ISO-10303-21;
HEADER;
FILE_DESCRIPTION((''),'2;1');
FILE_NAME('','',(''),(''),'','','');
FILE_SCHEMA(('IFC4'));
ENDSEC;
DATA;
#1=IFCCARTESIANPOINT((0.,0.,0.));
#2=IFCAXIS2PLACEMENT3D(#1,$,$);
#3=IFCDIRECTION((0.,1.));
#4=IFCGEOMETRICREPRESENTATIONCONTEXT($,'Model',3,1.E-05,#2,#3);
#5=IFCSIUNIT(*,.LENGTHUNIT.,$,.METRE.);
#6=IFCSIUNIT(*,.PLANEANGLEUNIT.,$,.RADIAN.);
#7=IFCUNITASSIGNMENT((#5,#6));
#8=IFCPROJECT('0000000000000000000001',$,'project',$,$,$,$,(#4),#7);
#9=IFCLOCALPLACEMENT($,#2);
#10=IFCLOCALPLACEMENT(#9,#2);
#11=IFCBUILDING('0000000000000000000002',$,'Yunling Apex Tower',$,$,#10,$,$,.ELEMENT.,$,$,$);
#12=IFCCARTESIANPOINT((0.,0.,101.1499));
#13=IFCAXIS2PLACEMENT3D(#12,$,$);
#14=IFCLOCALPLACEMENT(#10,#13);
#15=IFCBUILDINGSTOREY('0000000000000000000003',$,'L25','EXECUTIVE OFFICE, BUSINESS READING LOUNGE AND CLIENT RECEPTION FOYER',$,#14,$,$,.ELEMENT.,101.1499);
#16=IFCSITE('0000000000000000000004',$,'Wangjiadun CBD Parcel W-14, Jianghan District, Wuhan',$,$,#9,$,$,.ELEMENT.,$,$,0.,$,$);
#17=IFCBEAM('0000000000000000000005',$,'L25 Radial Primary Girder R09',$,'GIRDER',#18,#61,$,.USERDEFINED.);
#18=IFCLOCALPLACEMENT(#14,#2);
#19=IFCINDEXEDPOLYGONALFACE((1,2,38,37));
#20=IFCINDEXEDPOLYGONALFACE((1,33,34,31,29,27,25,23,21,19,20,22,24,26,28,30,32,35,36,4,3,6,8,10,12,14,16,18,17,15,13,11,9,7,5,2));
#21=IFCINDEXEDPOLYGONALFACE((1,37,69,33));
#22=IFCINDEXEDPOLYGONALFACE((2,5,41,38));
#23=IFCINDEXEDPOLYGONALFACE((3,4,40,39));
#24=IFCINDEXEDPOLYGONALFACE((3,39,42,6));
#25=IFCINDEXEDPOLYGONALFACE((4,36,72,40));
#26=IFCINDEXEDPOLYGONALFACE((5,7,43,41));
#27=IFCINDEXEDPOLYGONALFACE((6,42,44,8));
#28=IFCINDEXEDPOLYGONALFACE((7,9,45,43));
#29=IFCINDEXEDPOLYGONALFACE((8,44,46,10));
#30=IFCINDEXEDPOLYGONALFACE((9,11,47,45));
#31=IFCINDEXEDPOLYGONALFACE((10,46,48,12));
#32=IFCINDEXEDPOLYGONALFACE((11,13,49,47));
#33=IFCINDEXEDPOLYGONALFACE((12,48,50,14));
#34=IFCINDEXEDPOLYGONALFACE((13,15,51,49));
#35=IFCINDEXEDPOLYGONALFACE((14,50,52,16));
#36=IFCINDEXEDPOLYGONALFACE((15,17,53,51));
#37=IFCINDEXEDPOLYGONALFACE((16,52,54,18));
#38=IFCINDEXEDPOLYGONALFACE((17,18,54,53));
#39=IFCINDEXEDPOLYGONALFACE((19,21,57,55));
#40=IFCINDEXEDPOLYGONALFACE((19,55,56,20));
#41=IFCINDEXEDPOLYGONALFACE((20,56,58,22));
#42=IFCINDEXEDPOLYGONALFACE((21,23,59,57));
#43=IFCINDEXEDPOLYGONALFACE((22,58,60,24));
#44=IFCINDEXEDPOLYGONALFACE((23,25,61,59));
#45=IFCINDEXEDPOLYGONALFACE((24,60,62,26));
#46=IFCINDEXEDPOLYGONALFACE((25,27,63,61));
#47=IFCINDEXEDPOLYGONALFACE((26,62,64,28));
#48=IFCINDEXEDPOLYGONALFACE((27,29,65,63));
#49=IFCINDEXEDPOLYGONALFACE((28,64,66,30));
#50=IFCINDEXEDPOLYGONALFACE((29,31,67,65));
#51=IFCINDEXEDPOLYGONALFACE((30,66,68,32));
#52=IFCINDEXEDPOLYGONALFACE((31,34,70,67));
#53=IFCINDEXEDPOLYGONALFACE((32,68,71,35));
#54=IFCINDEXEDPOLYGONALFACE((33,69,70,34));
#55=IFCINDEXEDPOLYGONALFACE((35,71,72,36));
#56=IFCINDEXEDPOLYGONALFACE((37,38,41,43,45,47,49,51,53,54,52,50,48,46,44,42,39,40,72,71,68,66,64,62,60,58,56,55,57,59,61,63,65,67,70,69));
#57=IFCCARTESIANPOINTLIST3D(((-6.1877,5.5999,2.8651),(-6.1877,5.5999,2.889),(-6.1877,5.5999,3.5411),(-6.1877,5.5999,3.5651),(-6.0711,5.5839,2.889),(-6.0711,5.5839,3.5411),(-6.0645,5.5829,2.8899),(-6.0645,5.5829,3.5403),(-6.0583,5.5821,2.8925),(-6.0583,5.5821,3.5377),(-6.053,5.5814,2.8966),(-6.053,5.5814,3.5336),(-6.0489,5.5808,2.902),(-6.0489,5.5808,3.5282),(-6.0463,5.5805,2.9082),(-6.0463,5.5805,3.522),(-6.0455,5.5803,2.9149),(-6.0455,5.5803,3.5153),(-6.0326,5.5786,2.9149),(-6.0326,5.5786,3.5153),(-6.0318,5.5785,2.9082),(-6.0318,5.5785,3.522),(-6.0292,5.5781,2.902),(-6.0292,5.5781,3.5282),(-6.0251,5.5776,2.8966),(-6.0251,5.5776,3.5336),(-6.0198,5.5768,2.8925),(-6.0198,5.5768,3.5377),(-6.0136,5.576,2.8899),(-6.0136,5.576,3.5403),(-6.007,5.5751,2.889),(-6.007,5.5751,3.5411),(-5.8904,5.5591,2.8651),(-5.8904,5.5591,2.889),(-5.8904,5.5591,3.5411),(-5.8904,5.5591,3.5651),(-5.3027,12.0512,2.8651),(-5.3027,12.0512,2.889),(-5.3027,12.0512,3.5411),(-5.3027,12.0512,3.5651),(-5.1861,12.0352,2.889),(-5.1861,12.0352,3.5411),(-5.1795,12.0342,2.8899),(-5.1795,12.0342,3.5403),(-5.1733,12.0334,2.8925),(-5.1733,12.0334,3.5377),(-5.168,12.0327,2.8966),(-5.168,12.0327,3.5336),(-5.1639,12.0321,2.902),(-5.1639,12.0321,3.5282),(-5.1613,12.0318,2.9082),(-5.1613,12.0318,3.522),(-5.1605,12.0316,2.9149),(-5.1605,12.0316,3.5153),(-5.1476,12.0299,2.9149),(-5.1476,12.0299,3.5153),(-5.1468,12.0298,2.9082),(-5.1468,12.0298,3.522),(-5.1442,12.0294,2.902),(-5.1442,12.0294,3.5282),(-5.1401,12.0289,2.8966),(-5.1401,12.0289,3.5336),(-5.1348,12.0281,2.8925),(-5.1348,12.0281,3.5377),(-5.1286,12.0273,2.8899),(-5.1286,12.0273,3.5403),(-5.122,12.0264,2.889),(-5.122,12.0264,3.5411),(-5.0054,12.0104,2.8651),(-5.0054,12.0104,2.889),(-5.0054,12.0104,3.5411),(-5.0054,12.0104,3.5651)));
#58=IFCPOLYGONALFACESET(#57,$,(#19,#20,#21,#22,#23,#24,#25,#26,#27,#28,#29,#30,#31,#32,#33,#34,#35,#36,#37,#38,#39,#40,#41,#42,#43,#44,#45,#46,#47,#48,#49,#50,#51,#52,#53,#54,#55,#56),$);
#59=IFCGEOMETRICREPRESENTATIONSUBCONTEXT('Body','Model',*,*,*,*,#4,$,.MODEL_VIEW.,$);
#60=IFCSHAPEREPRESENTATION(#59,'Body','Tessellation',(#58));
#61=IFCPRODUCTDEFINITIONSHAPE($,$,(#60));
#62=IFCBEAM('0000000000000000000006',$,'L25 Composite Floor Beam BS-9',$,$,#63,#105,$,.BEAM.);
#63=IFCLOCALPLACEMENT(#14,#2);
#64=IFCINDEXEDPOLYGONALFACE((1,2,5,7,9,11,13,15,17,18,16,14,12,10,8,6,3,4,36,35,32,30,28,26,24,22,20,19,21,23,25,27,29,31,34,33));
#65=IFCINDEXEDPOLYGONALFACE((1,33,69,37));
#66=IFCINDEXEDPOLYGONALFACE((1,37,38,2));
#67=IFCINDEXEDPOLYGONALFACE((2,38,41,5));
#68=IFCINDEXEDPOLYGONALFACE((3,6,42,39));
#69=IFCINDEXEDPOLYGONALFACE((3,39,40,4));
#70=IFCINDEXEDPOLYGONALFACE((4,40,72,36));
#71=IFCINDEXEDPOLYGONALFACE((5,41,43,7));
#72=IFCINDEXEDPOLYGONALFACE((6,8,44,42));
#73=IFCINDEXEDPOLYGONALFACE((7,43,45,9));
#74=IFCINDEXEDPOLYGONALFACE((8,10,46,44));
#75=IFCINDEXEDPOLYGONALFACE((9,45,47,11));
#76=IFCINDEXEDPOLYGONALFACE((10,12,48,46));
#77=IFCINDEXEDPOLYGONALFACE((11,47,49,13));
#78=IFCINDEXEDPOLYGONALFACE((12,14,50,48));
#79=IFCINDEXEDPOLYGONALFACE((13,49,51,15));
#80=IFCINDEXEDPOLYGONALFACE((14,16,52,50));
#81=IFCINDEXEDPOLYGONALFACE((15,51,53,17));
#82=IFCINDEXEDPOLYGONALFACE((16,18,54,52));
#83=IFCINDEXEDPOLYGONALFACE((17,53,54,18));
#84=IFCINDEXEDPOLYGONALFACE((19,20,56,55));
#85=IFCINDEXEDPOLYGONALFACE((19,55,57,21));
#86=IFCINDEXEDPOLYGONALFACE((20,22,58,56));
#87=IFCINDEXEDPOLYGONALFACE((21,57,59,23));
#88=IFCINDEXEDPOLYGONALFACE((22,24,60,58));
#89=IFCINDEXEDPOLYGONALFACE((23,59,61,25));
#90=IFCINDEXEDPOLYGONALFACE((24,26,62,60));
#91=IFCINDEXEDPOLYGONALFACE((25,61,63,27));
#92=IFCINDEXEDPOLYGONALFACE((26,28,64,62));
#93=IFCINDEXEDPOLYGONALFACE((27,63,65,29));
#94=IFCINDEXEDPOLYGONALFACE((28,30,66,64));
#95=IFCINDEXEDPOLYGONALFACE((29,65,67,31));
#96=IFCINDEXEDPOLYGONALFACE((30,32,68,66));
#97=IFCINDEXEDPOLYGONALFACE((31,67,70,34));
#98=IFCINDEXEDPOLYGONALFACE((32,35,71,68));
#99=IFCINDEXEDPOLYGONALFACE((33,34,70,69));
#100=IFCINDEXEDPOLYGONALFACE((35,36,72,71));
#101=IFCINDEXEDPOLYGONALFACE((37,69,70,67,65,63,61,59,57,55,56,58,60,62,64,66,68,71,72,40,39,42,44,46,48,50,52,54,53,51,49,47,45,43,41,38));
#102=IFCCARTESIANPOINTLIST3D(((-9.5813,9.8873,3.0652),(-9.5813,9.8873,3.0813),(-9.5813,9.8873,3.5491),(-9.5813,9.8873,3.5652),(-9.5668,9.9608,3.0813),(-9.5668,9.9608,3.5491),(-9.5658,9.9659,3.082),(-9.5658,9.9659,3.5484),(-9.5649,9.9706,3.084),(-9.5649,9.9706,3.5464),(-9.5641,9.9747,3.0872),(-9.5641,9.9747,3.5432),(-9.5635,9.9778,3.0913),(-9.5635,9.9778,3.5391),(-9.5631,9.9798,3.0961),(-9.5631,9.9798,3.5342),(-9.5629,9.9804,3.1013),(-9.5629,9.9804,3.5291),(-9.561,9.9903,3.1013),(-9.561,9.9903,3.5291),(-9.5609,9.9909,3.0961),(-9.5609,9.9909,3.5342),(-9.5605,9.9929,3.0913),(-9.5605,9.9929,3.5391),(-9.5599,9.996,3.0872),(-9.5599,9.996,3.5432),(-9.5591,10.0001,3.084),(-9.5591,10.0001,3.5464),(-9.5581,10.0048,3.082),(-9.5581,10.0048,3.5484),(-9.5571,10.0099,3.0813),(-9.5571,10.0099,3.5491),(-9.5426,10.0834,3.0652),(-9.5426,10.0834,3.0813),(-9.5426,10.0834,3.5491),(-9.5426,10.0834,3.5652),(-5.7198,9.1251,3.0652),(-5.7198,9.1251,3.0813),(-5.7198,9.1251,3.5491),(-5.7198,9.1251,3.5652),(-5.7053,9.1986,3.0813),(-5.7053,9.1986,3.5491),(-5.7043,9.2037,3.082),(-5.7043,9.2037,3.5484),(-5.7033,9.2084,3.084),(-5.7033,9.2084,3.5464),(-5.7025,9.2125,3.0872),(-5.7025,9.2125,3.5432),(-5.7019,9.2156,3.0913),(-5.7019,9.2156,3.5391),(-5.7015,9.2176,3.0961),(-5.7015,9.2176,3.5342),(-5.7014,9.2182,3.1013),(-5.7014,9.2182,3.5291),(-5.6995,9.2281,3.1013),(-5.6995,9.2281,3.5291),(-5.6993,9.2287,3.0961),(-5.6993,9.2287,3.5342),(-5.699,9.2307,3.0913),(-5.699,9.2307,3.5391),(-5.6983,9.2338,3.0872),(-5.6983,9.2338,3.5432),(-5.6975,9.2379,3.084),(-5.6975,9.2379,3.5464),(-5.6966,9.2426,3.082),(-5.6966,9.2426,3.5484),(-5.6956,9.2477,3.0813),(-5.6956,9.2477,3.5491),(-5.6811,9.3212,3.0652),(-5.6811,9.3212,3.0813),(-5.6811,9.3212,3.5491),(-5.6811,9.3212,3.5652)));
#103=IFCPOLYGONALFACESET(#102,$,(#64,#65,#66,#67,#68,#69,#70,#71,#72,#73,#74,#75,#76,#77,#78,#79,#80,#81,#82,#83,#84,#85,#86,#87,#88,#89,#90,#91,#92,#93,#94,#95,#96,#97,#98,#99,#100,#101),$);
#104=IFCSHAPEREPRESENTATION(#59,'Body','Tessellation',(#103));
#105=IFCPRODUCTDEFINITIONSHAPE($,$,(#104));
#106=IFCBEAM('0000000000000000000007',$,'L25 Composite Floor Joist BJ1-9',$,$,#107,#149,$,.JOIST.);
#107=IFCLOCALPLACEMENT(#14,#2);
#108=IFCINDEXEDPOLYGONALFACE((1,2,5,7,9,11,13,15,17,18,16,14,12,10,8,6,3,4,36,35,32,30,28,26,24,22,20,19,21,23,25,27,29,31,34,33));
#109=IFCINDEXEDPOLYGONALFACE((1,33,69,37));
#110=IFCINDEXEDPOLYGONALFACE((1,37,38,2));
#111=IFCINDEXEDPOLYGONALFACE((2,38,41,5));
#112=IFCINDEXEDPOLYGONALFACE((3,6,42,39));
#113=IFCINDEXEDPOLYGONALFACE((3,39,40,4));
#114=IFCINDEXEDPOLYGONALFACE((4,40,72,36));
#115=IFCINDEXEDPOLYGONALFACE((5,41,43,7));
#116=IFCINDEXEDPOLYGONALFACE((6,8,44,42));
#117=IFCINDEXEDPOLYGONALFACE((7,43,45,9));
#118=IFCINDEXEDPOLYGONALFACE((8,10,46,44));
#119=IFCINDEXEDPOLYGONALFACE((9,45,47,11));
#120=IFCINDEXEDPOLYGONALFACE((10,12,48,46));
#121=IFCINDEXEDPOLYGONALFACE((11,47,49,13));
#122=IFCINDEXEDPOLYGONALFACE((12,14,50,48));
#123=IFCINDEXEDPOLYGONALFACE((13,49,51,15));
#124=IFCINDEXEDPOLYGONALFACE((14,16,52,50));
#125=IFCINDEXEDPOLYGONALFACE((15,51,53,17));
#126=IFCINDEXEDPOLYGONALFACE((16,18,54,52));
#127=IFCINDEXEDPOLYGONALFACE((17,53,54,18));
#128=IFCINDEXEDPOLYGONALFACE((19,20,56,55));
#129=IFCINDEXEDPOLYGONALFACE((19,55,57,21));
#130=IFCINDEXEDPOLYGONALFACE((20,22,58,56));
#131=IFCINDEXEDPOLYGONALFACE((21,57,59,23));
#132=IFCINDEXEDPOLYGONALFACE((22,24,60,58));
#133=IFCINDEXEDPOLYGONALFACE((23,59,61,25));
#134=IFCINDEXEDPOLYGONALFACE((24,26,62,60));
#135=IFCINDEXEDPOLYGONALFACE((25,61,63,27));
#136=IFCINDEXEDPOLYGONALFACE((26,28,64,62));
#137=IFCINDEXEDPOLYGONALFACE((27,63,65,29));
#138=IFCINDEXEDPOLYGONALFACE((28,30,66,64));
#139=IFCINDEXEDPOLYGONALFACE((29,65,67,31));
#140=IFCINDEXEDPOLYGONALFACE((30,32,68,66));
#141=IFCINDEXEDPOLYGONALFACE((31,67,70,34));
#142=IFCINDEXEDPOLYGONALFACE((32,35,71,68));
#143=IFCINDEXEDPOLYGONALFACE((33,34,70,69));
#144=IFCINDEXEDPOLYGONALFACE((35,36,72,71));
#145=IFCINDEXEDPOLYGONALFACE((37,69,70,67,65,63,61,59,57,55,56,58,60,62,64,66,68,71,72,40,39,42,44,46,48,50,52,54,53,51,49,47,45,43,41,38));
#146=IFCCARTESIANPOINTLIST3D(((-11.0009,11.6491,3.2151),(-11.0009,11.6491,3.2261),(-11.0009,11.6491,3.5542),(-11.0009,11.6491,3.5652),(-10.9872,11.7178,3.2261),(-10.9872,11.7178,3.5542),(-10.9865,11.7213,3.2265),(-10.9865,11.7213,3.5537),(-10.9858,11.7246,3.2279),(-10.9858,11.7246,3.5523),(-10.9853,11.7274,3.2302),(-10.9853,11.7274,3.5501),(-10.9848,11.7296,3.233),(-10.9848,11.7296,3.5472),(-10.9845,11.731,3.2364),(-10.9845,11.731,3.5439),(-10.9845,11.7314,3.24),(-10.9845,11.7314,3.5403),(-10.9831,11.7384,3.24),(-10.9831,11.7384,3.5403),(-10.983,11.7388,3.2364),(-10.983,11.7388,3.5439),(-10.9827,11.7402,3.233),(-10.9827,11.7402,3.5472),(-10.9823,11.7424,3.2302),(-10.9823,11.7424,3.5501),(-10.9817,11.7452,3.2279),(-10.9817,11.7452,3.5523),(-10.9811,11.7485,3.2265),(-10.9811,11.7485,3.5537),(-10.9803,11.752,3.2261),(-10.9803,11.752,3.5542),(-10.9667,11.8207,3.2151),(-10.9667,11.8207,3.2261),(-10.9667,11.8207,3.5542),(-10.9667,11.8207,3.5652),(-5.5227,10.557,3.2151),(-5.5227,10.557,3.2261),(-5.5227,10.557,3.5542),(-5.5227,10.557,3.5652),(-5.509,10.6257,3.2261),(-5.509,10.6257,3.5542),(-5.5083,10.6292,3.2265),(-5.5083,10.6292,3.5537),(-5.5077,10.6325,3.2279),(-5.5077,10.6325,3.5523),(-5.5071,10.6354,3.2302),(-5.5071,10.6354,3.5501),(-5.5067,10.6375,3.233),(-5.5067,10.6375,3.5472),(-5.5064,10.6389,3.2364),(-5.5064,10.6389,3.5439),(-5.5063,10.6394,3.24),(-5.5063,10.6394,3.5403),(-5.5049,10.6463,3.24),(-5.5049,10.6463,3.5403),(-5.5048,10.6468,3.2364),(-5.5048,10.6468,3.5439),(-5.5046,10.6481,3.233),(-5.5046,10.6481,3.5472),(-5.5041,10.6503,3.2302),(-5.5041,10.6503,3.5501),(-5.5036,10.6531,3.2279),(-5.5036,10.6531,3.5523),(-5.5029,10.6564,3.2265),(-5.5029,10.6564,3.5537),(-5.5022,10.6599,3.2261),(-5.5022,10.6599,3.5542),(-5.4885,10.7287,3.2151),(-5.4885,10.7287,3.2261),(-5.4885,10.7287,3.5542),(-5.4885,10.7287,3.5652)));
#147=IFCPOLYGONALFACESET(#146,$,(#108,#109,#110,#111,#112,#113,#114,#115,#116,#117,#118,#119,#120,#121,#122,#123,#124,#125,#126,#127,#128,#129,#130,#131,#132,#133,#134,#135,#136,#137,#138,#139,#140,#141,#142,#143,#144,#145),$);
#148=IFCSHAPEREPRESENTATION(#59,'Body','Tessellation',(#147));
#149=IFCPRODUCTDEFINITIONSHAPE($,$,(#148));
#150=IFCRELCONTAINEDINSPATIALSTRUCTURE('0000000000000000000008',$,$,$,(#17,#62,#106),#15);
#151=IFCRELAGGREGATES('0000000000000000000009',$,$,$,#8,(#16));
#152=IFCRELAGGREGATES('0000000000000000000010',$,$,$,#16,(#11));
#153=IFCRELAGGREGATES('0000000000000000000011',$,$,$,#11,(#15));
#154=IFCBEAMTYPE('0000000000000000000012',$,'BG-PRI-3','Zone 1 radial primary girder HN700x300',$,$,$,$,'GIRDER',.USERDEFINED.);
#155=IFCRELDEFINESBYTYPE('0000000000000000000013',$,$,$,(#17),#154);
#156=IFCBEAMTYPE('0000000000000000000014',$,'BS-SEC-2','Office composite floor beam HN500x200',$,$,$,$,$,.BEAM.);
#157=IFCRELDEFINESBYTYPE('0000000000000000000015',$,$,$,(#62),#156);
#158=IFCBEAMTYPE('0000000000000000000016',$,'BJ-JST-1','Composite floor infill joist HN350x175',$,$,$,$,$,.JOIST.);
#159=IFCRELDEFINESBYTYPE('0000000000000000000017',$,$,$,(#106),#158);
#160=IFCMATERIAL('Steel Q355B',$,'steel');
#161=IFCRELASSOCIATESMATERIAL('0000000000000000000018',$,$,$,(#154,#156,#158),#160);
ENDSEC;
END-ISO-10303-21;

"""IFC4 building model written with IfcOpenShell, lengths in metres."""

from ifc_helpers import new_model, si_unit, direction, frame, origin, origin_2d, place, context, subcontext, project, spatial, i_section, extrude, source, transform, mapped, material, material_profile, profile_set, type_object, element, save


model = new_model("IFC4")

# Units and contexts
model_context = context("Model", 3, precision=1e-05, world=origin(), true_north=direction((0.0, 1.0)))
body_context = subcontext(model_context, "Body", "Model", "MODEL_VIEW")
ifc_project = project(units=[si_unit("LENGTHUNIT", "METRE"), si_unit("PLANEANGLEUNIT", "RADIAN")], contexts=[model_context])

# Site, building, storey
site_placement = place(None, origin())
site = spatial("IfcSite", under=ifc_project, at=site_placement, Name="Wangjiadun CBD Parcel W-14, Jianghan District, Wuhan", CompositionType="ELEMENT", RefElevation=0.0)
building_placement = place(site_placement, origin())
building = spatial("IfcBuilding", under=site, at=building_placement, Name="Yunling Apex Tower", CompositionType="ELEMENT")
storey_placement = place(building_placement, frame((0.0, 0.0, 101.1499)))
storey = spatial("IfcBuildingStorey", under=building, at=storey_placement, Name="L25", Description="EXECUTIVE OFFICE, BUSINESS READING LOUNGE AND CLIENT RECEPTION FOYER", CompositionType="ELEMENT", Elevation=101.1499)

# Beams
ifc_material_1 = material(Name="Steel Q355B", Category="steel")
ifc_material_profile_1 = material_profile(ifc_material_1, i_section(OverallWidth=0.3, OverallDepth=0.7, WebThickness=0.0129, FlangeThickness=0.0239, FilletRadius=0.0259, at=origin_2d()))
ifc_profile_set_1 = profile_set([ifc_material_profile_1], Name="Steel Q355B")
beam_type_1 = type_object("IfcBeamType", Name="BG-PRI-3", Description="Zone 1 radial primary girder HN700x300", ElementType="GIRDER", PredefinedType="USERDEFINED", material=ifc_profile_set_1)
shared_shape_1 = source(origin(), body_context, "Body", "SweptSolid", [
    extrude(i_section(OverallWidth=0.3, OverallDepth=0.7, WebThickness=0.0129, FlangeThickness=0.0239, FilletRadius=0.0259, at=origin_2d()), origin(), (0.0, 0.0, 1.0), 6.5117),
])
beam_1_placement = place(storey_placement, frame((-5.1541, 12.0308, 3.2151), z_axis=(-0.135908, -0.990721, 0.0), x_axis=(0.990721, -0.135908, 0.0)))
element("IfcBeam", 1, at=beam_1_placement, inside=storey, type_object=beam_type_1, Name="L25 Radial Primary Girder R09", ObjectType="GIRDER", PredefinedType="USERDEFINED", context=body_context, shape_type="MappedRepresentation", body=[
    mapped(shared_shape_1, transform((0.0, 0.0, 0.0), scale=1.0)),
])
ifc_material_profile_2 = material_profile(ifc_material_1, i_section(OverallWidth=0.2, OverallDepth=0.5, WebThickness=0.01, FlangeThickness=0.0161, FilletRadius=0.02, at=origin_2d()))
ifc_profile_set_2 = profile_set([ifc_material_profile_2], Name="Steel Q355B")
beam_type_2 = type_object("IfcBeamType", Name="BS-SEC-2", Description="Office composite floor beam HN500x200", PredefinedType="BEAM", material=ifc_profile_set_2)
shared_shape_2 = source(origin(), body_context, "Body", "SweptSolid", [
    extrude(i_section(OverallWidth=0.2, OverallDepth=0.5, WebThickness=0.01, FlangeThickness=0.0161, FilletRadius=0.02, at=origin_2d()), origin(), (0.0, 0.0, 1.0), 3.936),
])
beam_2_placement = place(storey_placement, frame((-5.7004, 9.2231, 3.3152), z_axis=(-0.981071, 0.193646, 0.0), x_axis=(-0.193646, -0.981071, 0.0)))
element("IfcBeam", 2, at=beam_2_placement, inside=storey, type_object=beam_type_2, Name="L25 Composite Floor Beam BS-9", PredefinedType="BEAM", context=body_context, shape_type="MappedRepresentation", body=[
    mapped(shared_shape_2, transform((0.0, 0.0, 0.0), scale=1.0)),
])
ifc_material_profile_3 = material_profile(ifc_material_1, i_section(OverallWidth=0.175, OverallDepth=0.3501, WebThickness=0.0071, FlangeThickness=0.011, FilletRadius=0.0139, at=origin_2d()))
ifc_profile_set_3 = profile_set([ifc_material_profile_3], Name="Steel Q355B")
beam_type_3 = type_object("IfcBeamType", Name="BJ-JST-1", Description="Composite floor infill joist HN350x175", PredefinedType="JOIST", material=ifc_profile_set_3)
shared_shape_3 = source(origin(), body_context, "Body", "SweptSolid", [
    extrude(i_section(OverallWidth=0.175, OverallDepth=0.3501, WebThickness=0.0071, FlangeThickness=0.011, FilletRadius=0.0139, at=origin_2d()), origin(), (0.0, 0.0, 1.0), 5.5859),
])
beam_3_placement = place(storey_placement, frame((-5.5056, 10.6428, 3.3901), z_axis=(-0.980703, 0.195503, 0.0), x_axis=(-0.195503, -0.980703, 0.0)))
element("IfcBeam", 3, at=beam_3_placement, inside=storey, type_object=beam_type_3, Name="L25 Composite Floor Joist BJ1-9", PredefinedType="JOIST", context=body_context, shape_type="MappedRepresentation", body=[
    mapped(shared_shape_3, transform((0.0, 0.0, 0.0), scale=1.0)),
])

save(model, "model.ifc")
